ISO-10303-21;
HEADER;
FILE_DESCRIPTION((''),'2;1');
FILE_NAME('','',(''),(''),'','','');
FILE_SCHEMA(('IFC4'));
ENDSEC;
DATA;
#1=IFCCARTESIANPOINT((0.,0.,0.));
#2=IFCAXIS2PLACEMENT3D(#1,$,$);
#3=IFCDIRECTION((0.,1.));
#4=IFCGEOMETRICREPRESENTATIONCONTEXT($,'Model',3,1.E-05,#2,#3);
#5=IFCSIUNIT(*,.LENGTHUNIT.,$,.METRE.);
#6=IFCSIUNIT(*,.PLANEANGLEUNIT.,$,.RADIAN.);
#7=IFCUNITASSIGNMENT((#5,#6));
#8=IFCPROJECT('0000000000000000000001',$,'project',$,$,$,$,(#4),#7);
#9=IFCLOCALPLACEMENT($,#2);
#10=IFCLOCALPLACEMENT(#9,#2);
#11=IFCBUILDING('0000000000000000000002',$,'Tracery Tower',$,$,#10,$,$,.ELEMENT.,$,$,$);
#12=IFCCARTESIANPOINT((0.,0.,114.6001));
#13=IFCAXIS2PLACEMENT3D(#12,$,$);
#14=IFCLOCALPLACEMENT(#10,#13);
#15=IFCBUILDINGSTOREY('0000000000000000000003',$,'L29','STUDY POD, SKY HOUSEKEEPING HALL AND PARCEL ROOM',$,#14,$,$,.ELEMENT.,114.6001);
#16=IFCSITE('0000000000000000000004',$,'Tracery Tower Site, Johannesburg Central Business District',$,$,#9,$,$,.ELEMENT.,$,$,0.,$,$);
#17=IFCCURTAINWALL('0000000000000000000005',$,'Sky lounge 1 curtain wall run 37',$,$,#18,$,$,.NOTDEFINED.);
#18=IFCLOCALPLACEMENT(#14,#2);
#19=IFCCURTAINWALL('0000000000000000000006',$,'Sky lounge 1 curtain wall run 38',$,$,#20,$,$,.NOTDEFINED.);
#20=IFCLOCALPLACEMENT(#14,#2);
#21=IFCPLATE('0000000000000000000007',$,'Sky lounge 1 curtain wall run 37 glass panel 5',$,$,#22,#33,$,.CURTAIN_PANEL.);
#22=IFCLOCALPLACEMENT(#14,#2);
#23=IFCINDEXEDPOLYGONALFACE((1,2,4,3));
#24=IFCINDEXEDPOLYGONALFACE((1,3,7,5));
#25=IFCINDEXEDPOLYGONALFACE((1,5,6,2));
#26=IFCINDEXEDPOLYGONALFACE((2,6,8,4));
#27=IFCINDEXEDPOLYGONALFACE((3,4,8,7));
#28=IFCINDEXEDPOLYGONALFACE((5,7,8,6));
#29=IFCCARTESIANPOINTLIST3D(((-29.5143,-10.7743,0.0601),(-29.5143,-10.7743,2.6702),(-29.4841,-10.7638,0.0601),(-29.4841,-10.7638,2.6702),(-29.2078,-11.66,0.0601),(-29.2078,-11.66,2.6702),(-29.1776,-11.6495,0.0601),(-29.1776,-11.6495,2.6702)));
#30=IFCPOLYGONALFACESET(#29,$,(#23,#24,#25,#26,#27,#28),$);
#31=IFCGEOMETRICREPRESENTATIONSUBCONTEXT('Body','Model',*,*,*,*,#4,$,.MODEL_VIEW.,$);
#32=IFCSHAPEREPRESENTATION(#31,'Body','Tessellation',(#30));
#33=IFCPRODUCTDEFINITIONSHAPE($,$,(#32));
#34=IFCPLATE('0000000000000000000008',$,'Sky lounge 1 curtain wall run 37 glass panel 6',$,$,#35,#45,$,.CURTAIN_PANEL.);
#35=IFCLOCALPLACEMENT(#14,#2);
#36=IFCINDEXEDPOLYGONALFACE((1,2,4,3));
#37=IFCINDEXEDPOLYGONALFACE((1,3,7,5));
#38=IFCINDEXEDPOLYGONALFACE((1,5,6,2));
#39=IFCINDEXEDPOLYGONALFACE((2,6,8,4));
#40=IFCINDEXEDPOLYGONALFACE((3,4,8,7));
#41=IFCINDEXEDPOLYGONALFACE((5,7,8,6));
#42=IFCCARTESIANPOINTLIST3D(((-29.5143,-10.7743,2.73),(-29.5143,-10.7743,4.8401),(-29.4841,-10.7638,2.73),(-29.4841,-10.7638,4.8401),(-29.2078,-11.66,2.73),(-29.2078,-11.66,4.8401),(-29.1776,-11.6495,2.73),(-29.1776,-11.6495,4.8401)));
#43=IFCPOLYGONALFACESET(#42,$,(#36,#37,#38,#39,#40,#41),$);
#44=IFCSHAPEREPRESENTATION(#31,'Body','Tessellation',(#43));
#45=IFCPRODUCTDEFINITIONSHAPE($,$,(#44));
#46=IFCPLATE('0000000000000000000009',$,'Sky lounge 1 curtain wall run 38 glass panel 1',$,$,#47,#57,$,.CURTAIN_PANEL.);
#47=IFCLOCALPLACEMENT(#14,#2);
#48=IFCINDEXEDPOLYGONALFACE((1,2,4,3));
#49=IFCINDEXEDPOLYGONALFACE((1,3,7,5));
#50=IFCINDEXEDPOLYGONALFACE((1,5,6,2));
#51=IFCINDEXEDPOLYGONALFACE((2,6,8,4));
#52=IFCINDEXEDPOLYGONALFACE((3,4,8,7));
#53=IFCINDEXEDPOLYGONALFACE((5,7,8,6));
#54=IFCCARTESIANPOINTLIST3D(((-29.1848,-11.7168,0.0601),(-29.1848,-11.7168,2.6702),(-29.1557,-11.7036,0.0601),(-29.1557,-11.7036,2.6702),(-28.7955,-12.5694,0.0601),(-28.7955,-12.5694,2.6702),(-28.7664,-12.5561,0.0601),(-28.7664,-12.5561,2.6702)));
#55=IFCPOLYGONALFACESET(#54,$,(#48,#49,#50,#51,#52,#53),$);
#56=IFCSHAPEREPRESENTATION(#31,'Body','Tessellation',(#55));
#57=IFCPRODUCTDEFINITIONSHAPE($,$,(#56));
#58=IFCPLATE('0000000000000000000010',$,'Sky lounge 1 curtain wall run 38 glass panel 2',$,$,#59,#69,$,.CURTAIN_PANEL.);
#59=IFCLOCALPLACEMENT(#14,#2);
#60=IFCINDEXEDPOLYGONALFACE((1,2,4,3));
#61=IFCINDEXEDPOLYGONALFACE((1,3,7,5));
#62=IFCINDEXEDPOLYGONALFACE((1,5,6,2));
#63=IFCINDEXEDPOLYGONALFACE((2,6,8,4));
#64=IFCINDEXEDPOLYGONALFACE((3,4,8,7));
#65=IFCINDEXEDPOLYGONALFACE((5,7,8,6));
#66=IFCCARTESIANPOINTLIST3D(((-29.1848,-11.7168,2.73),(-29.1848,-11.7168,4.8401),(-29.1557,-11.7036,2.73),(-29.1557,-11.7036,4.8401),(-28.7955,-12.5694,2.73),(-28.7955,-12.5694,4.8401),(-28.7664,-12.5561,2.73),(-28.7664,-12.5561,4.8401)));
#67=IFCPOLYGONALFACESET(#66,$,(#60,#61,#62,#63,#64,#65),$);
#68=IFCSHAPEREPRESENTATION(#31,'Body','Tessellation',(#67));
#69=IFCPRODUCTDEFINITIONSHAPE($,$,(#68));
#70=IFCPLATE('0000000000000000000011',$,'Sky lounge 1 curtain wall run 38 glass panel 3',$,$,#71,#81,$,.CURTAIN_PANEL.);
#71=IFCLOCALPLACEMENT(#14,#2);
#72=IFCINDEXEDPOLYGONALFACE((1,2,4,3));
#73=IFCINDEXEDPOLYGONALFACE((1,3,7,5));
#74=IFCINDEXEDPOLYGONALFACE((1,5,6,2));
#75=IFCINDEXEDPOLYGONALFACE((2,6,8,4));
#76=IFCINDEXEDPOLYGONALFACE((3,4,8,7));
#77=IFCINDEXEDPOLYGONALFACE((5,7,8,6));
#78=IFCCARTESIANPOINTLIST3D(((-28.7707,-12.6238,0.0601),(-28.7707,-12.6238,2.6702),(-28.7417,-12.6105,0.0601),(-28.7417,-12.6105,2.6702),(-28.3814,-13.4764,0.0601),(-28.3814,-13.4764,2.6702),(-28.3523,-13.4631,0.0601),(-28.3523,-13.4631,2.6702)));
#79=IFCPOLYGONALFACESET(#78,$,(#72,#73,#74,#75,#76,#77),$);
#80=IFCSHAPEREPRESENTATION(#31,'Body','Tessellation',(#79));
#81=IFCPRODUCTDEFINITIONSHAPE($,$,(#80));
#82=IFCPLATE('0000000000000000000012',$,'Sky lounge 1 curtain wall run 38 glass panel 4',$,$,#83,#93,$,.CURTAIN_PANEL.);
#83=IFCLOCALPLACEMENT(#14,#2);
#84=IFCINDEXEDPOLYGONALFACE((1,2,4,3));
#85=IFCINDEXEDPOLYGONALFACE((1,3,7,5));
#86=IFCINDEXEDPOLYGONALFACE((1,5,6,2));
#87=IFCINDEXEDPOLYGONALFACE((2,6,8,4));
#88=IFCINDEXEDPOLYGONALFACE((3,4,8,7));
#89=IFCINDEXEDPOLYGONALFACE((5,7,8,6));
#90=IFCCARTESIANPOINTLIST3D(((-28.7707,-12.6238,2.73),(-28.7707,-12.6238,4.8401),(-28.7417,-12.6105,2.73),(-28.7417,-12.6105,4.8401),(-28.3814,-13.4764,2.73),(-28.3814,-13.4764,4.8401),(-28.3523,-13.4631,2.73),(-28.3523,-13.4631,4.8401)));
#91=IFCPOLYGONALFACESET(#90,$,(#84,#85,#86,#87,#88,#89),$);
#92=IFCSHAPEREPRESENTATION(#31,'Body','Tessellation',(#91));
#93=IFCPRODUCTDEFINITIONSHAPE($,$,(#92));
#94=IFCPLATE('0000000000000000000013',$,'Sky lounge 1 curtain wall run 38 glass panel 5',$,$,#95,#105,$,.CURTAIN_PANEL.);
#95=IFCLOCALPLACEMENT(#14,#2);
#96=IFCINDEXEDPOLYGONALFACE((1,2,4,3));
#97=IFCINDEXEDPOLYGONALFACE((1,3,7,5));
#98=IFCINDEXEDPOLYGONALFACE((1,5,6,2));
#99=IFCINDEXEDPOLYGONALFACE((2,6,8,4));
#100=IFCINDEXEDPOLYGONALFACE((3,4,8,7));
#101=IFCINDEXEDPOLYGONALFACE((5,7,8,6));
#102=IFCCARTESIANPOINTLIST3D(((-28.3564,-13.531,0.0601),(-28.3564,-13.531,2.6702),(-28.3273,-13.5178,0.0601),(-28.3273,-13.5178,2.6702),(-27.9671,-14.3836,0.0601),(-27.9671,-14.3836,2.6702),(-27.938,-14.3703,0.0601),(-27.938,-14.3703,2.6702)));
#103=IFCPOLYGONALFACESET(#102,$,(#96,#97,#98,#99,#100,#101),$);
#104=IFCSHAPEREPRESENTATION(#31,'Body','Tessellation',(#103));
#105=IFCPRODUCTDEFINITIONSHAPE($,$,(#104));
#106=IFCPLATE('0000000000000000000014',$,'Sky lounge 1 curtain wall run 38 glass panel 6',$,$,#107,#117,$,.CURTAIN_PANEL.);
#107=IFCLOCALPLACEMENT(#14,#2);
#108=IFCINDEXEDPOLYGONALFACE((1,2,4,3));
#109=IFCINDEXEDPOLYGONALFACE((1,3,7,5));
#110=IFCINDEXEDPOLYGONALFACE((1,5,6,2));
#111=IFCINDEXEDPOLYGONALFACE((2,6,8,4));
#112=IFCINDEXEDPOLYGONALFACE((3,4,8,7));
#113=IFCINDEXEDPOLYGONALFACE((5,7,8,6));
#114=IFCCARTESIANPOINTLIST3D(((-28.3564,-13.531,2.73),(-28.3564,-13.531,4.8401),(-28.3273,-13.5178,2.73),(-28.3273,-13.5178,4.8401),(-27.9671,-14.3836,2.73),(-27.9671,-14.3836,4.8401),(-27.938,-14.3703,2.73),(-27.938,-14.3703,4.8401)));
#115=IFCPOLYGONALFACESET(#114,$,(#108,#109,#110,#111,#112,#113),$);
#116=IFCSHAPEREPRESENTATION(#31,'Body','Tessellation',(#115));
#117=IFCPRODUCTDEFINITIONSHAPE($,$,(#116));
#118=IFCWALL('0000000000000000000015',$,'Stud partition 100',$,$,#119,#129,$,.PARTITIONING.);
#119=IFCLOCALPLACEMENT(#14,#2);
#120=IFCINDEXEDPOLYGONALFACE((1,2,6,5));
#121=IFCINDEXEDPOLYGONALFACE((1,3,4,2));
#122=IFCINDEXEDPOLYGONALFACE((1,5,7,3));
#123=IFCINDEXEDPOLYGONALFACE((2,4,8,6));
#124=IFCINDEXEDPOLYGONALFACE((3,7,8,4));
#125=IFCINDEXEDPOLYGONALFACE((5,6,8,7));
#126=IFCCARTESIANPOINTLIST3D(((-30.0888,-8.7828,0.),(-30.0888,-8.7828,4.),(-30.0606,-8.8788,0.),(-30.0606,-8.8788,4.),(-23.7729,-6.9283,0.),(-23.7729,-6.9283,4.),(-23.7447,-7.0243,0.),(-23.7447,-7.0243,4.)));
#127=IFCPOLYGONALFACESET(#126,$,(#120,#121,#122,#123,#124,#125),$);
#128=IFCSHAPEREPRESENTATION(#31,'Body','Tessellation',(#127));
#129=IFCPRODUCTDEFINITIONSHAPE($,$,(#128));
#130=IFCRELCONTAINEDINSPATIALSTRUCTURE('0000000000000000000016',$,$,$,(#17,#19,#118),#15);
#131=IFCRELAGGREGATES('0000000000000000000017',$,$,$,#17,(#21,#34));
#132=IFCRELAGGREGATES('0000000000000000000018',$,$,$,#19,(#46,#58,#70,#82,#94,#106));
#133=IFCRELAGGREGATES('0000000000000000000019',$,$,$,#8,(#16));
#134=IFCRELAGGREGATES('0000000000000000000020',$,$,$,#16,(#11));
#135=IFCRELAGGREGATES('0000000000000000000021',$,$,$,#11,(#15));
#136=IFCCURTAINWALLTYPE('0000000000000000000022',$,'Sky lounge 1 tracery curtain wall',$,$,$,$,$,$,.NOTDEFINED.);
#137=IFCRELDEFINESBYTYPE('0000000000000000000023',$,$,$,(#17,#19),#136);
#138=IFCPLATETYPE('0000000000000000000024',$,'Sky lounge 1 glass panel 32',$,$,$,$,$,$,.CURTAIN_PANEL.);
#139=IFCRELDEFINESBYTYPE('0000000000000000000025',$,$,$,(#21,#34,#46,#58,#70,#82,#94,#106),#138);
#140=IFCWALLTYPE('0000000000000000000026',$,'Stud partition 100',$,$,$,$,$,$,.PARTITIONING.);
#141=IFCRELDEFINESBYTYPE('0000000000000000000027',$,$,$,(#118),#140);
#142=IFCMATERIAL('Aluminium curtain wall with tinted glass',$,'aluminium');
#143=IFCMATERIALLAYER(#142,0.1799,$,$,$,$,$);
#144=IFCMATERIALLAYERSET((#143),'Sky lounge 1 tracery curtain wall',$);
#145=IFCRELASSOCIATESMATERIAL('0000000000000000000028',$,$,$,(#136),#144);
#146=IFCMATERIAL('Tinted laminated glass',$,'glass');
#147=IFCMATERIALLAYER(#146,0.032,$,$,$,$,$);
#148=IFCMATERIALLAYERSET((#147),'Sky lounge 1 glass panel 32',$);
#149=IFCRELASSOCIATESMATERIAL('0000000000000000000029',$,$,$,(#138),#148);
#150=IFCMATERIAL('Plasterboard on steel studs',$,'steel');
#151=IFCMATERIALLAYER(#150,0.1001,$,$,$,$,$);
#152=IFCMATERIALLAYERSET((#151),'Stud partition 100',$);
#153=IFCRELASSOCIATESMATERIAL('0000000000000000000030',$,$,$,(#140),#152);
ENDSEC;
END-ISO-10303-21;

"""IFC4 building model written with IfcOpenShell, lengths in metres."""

from ifc_helpers import new_model, si_unit, direction, frame, frame_2d, origin, origin_2d, place, context, subcontext, project, spatial, rectangle, extrude, material, layer, layer_set, type_object, element, aggregate, save


model = new_model("IFC4")

# Units and contexts
model_context = context("Model", 3, precision=1e-05, world=origin(), true_north=direction((0.0, 1.0)))
body_context = subcontext(model_context, "Body", "Model", "MODEL_VIEW")
ifc_project = project(units=[si_unit("LENGTHUNIT", "METRE"), si_unit("PLANEANGLEUNIT", "RADIAN")], contexts=[model_context])

# Site, building, storey
site_placement = place(None, origin())
site = spatial("IfcSite", under=ifc_project, at=site_placement, Name="Tracery Tower Site, Johannesburg Central Business District", CompositionType="ELEMENT", RefElevation=0.0)
building_placement = place(site_placement, origin())
building = spatial("IfcBuilding", under=site, at=building_placement, Name="Tracery Tower", CompositionType="ELEMENT")
storey_placement = place(building_placement, frame((0.0, 0.0, 114.6001)))
storey = spatial("IfcBuildingStorey", under=building, at=storey_placement, Name="L29", Description="STUDY POD, SKY HOUSEKEEPING HALL AND PARCEL ROOM", CompositionType="ELEMENT", Elevation=114.6001)

# Shared definitions
ifc_material_1 = material(Name="Aluminium curtain wall with tinted glass", Category="aluminium")
ifc_layer_1 = layer(ifc_material_1, 0.1799)
ifc_layer_set_1 = layer_set([ifc_layer_1], Name="Sky lounge 1 tracery curtain wall")
curtain_wall_type = type_object("IfcCurtainWallType", Name="Sky lounge 1 tracery curtain wall", PredefinedType="NOTDEFINED", material=ifc_layer_set_1)

# Curtain walls
curtain_wall_1_placement = place(storey_placement, origin())
curtain_wall_1 = element("IfcCurtainWall", 1, at=curtain_wall_1_placement, inside=storey, type_object=curtain_wall_type, Name="Sky lounge 1 curtain wall run 37", PredefinedType="NOTDEFINED")
curtain_wall_2_placement = place(storey_placement, origin())
curtain_wall_2 = element("IfcCurtainWall", 2, at=curtain_wall_2_placement, inside=storey, type_object=curtain_wall_type, Name="Sky lounge 1 curtain wall run 38", PredefinedType="NOTDEFINED")

# Plates
ifc_material_2 = material(Name="Tinted laminated glass", Category="glass")
ifc_layer_2 = layer(ifc_material_2, 0.032)
ifc_layer_set_2 = layer_set([ifc_layer_2], Name="Sky lounge 1 glass panel 32")
plate_type = type_object("IfcPlateType", Name="Sky lounge 1 glass panel 32", PredefinedType="CURTAIN_PANEL", material=ifc_layer_set_2)
plate_1_placement = place(storey_placement, frame((-29.3459, -11.2119, 0.0601), z_axis=(0.0, 0.0, 1.0), x_axis=(0.327068, -0.945001, 0.0)))
plate_1 = element("IfcPlate", 3, at=plate_1_placement, type_object=plate_type, Name="Sky lounge 1 curtain wall run 37 glass panel 5", PredefinedType="CURTAIN_PANEL", context=body_context, shape_type="SweptSolid", body=[
    extrude(rectangle(XDim=0.9373, YDim=0.032, at=origin_2d()), origin(), (0.0, 0.0, 1.0), 2.6101),
])
plate_2_placement = place(storey_placement, frame((-29.3459, -11.2119, 2.73), z_axis=(0.0, 0.0, 1.0), x_axis=(0.327068, -0.945001, 0.0)))
plate_2 = element("IfcPlate", 4, at=plate_2_placement, type_object=plate_type, Name="Sky lounge 1 curtain wall run 37 glass panel 6", PredefinedType="CURTAIN_PANEL", context=body_context, shape_type="SweptSolid", body=[
    extrude(rectangle(XDim=0.9373, YDim=0.032, at=origin_2d()), origin(), (0.0, 0.0, 1.0), 2.1101),
])
aggregate(curtain_wall_1, [plate_1, plate_2])
plate_3_placement = place(storey_placement, frame((-28.9756, -12.1365, 0.0601), z_axis=(0.0, 0.0, 1.0), x_axis=(0.415415, -0.909632, 0.0)))
plate_3 = element("IfcPlate", 5, at=plate_3_placement, type_object=plate_type, Name="Sky lounge 1 curtain wall run 38 glass panel 1", PredefinedType="CURTAIN_PANEL", context=body_context, shape_type="SweptSolid", body=[
    extrude(rectangle(XDim=0.9373, YDim=0.032, at=origin_2d()), origin(), (0.0, 0.0, 1.0), 2.6101),
])
plate_4_placement = place(storey_placement, frame((-28.9756, -12.1365, 2.73), z_axis=(0.0, 0.0, 1.0), x_axis=(0.415415, -0.909632, 0.0)))
plate_4 = element("IfcPlate", 6, at=plate_4_placement, type_object=plate_type, Name="Sky lounge 1 curtain wall run 38 glass panel 2", PredefinedType="CURTAIN_PANEL", context=body_context, shape_type="SweptSolid", body=[
    extrude(rectangle(XDim=0.9373, YDim=0.032, at=origin_2d()), origin(), (0.0, 0.0, 1.0), 2.1101),
])
plate_5_placement = place(storey_placement, frame((-28.5615, -13.0435, 0.0601), z_axis=(0.0, 0.0, 1.0), x_axis=(0.415415, -0.909632, 0.0)))
plate_5 = element("IfcPlate", 7, at=plate_5_placement, type_object=plate_type, Name="Sky lounge 1 curtain wall run 38 glass panel 3", PredefinedType="CURTAIN_PANEL", context=body_context, shape_type="SweptSolid", body=[
    extrude(rectangle(XDim=0.9373, YDim=0.032, at=origin_2d()), origin(), (0.0, 0.0, 1.0), 2.6101),
])
plate_6_placement = place(storey_placement, frame((-28.5615, -13.0435, 2.73), z_axis=(0.0, 0.0, 1.0), x_axis=(0.415415, -0.909632, 0.0)))
plate_6 = element("IfcPlate", 8, at=plate_6_placement, type_object=plate_type, Name="Sky lounge 1 curtain wall run 38 glass panel 4", PredefinedType="CURTAIN_PANEL", context=body_context, shape_type="SweptSolid", body=[
    extrude(rectangle(XDim=0.9373, YDim=0.032, at=origin_2d()), origin(), (0.0, 0.0, 1.0), 2.1101),
])
plate_7_placement = place(storey_placement, frame((-28.1472, -13.9507, 0.0601), z_axis=(0.0, 0.0, 1.0), x_axis=(0.415415, -0.909632, 0.0)))
plate_7 = element("IfcPlate", 9, at=plate_7_placement, type_object=plate_type, Name="Sky lounge 1 curtain wall run 38 glass panel 5", PredefinedType="CURTAIN_PANEL", context=body_context, shape_type="SweptSolid", body=[
    extrude(rectangle(XDim=0.9373, YDim=0.032, at=origin_2d()), origin(), (0.0, 0.0, 1.0), 2.6101),
])
plate_8_placement = place(storey_placement, frame((-28.1472, -13.9507, 2.73), z_axis=(0.0, 0.0, 1.0), x_axis=(0.415415, -0.909632, 0.0)))
plate_8 = element("IfcPlate", 10, at=plate_8_placement, type_object=plate_type, Name="Sky lounge 1 curtain wall run 38 glass panel 6", PredefinedType="CURTAIN_PANEL", context=body_context, shape_type="SweptSolid", body=[
    extrude(rectangle(XDim=0.9373, YDim=0.032, at=origin_2d()), origin(), (0.0, 0.0, 1.0), 2.1101),
])
aggregate(curtain_wall_2, [plate_3, plate_4, plate_5, plate_6, plate_7, plate_8])

# Wall
ifc_material_3 = material(Name="Plasterboard on steel studs", Category="steel")
ifc_layer_3 = layer(ifc_material_3, 0.1001)
ifc_layer_set_3 = layer_set([ifc_layer_3], Name="Stud partition 100")
wall_type = type_object("IfcWallType", Name="Stud partition 100", PredefinedType="PARTITIONING", material=ifc_layer_set_3)
wall_placement = place(storey_placement, frame((-30.0747, -8.8308, 0.0), z_axis=(0.0, 0.0, 1.0), x_axis=(0.959494, 0.281729, 0.0)))
element("IfcWall", 11, at=wall_placement, inside=storey, type_object=wall_type, Name="Stud partition 100", PredefinedType="PARTITIONING", context=body_context, shape_type="SweptSolid", body=[
    extrude(rectangle(XDim=6.5825, YDim=0.1001, at=frame_2d((3.2913, 0.0))), origin(), (0.0, 0.0, 1.0), 4.0),
])

save(model, "model.ifc")
